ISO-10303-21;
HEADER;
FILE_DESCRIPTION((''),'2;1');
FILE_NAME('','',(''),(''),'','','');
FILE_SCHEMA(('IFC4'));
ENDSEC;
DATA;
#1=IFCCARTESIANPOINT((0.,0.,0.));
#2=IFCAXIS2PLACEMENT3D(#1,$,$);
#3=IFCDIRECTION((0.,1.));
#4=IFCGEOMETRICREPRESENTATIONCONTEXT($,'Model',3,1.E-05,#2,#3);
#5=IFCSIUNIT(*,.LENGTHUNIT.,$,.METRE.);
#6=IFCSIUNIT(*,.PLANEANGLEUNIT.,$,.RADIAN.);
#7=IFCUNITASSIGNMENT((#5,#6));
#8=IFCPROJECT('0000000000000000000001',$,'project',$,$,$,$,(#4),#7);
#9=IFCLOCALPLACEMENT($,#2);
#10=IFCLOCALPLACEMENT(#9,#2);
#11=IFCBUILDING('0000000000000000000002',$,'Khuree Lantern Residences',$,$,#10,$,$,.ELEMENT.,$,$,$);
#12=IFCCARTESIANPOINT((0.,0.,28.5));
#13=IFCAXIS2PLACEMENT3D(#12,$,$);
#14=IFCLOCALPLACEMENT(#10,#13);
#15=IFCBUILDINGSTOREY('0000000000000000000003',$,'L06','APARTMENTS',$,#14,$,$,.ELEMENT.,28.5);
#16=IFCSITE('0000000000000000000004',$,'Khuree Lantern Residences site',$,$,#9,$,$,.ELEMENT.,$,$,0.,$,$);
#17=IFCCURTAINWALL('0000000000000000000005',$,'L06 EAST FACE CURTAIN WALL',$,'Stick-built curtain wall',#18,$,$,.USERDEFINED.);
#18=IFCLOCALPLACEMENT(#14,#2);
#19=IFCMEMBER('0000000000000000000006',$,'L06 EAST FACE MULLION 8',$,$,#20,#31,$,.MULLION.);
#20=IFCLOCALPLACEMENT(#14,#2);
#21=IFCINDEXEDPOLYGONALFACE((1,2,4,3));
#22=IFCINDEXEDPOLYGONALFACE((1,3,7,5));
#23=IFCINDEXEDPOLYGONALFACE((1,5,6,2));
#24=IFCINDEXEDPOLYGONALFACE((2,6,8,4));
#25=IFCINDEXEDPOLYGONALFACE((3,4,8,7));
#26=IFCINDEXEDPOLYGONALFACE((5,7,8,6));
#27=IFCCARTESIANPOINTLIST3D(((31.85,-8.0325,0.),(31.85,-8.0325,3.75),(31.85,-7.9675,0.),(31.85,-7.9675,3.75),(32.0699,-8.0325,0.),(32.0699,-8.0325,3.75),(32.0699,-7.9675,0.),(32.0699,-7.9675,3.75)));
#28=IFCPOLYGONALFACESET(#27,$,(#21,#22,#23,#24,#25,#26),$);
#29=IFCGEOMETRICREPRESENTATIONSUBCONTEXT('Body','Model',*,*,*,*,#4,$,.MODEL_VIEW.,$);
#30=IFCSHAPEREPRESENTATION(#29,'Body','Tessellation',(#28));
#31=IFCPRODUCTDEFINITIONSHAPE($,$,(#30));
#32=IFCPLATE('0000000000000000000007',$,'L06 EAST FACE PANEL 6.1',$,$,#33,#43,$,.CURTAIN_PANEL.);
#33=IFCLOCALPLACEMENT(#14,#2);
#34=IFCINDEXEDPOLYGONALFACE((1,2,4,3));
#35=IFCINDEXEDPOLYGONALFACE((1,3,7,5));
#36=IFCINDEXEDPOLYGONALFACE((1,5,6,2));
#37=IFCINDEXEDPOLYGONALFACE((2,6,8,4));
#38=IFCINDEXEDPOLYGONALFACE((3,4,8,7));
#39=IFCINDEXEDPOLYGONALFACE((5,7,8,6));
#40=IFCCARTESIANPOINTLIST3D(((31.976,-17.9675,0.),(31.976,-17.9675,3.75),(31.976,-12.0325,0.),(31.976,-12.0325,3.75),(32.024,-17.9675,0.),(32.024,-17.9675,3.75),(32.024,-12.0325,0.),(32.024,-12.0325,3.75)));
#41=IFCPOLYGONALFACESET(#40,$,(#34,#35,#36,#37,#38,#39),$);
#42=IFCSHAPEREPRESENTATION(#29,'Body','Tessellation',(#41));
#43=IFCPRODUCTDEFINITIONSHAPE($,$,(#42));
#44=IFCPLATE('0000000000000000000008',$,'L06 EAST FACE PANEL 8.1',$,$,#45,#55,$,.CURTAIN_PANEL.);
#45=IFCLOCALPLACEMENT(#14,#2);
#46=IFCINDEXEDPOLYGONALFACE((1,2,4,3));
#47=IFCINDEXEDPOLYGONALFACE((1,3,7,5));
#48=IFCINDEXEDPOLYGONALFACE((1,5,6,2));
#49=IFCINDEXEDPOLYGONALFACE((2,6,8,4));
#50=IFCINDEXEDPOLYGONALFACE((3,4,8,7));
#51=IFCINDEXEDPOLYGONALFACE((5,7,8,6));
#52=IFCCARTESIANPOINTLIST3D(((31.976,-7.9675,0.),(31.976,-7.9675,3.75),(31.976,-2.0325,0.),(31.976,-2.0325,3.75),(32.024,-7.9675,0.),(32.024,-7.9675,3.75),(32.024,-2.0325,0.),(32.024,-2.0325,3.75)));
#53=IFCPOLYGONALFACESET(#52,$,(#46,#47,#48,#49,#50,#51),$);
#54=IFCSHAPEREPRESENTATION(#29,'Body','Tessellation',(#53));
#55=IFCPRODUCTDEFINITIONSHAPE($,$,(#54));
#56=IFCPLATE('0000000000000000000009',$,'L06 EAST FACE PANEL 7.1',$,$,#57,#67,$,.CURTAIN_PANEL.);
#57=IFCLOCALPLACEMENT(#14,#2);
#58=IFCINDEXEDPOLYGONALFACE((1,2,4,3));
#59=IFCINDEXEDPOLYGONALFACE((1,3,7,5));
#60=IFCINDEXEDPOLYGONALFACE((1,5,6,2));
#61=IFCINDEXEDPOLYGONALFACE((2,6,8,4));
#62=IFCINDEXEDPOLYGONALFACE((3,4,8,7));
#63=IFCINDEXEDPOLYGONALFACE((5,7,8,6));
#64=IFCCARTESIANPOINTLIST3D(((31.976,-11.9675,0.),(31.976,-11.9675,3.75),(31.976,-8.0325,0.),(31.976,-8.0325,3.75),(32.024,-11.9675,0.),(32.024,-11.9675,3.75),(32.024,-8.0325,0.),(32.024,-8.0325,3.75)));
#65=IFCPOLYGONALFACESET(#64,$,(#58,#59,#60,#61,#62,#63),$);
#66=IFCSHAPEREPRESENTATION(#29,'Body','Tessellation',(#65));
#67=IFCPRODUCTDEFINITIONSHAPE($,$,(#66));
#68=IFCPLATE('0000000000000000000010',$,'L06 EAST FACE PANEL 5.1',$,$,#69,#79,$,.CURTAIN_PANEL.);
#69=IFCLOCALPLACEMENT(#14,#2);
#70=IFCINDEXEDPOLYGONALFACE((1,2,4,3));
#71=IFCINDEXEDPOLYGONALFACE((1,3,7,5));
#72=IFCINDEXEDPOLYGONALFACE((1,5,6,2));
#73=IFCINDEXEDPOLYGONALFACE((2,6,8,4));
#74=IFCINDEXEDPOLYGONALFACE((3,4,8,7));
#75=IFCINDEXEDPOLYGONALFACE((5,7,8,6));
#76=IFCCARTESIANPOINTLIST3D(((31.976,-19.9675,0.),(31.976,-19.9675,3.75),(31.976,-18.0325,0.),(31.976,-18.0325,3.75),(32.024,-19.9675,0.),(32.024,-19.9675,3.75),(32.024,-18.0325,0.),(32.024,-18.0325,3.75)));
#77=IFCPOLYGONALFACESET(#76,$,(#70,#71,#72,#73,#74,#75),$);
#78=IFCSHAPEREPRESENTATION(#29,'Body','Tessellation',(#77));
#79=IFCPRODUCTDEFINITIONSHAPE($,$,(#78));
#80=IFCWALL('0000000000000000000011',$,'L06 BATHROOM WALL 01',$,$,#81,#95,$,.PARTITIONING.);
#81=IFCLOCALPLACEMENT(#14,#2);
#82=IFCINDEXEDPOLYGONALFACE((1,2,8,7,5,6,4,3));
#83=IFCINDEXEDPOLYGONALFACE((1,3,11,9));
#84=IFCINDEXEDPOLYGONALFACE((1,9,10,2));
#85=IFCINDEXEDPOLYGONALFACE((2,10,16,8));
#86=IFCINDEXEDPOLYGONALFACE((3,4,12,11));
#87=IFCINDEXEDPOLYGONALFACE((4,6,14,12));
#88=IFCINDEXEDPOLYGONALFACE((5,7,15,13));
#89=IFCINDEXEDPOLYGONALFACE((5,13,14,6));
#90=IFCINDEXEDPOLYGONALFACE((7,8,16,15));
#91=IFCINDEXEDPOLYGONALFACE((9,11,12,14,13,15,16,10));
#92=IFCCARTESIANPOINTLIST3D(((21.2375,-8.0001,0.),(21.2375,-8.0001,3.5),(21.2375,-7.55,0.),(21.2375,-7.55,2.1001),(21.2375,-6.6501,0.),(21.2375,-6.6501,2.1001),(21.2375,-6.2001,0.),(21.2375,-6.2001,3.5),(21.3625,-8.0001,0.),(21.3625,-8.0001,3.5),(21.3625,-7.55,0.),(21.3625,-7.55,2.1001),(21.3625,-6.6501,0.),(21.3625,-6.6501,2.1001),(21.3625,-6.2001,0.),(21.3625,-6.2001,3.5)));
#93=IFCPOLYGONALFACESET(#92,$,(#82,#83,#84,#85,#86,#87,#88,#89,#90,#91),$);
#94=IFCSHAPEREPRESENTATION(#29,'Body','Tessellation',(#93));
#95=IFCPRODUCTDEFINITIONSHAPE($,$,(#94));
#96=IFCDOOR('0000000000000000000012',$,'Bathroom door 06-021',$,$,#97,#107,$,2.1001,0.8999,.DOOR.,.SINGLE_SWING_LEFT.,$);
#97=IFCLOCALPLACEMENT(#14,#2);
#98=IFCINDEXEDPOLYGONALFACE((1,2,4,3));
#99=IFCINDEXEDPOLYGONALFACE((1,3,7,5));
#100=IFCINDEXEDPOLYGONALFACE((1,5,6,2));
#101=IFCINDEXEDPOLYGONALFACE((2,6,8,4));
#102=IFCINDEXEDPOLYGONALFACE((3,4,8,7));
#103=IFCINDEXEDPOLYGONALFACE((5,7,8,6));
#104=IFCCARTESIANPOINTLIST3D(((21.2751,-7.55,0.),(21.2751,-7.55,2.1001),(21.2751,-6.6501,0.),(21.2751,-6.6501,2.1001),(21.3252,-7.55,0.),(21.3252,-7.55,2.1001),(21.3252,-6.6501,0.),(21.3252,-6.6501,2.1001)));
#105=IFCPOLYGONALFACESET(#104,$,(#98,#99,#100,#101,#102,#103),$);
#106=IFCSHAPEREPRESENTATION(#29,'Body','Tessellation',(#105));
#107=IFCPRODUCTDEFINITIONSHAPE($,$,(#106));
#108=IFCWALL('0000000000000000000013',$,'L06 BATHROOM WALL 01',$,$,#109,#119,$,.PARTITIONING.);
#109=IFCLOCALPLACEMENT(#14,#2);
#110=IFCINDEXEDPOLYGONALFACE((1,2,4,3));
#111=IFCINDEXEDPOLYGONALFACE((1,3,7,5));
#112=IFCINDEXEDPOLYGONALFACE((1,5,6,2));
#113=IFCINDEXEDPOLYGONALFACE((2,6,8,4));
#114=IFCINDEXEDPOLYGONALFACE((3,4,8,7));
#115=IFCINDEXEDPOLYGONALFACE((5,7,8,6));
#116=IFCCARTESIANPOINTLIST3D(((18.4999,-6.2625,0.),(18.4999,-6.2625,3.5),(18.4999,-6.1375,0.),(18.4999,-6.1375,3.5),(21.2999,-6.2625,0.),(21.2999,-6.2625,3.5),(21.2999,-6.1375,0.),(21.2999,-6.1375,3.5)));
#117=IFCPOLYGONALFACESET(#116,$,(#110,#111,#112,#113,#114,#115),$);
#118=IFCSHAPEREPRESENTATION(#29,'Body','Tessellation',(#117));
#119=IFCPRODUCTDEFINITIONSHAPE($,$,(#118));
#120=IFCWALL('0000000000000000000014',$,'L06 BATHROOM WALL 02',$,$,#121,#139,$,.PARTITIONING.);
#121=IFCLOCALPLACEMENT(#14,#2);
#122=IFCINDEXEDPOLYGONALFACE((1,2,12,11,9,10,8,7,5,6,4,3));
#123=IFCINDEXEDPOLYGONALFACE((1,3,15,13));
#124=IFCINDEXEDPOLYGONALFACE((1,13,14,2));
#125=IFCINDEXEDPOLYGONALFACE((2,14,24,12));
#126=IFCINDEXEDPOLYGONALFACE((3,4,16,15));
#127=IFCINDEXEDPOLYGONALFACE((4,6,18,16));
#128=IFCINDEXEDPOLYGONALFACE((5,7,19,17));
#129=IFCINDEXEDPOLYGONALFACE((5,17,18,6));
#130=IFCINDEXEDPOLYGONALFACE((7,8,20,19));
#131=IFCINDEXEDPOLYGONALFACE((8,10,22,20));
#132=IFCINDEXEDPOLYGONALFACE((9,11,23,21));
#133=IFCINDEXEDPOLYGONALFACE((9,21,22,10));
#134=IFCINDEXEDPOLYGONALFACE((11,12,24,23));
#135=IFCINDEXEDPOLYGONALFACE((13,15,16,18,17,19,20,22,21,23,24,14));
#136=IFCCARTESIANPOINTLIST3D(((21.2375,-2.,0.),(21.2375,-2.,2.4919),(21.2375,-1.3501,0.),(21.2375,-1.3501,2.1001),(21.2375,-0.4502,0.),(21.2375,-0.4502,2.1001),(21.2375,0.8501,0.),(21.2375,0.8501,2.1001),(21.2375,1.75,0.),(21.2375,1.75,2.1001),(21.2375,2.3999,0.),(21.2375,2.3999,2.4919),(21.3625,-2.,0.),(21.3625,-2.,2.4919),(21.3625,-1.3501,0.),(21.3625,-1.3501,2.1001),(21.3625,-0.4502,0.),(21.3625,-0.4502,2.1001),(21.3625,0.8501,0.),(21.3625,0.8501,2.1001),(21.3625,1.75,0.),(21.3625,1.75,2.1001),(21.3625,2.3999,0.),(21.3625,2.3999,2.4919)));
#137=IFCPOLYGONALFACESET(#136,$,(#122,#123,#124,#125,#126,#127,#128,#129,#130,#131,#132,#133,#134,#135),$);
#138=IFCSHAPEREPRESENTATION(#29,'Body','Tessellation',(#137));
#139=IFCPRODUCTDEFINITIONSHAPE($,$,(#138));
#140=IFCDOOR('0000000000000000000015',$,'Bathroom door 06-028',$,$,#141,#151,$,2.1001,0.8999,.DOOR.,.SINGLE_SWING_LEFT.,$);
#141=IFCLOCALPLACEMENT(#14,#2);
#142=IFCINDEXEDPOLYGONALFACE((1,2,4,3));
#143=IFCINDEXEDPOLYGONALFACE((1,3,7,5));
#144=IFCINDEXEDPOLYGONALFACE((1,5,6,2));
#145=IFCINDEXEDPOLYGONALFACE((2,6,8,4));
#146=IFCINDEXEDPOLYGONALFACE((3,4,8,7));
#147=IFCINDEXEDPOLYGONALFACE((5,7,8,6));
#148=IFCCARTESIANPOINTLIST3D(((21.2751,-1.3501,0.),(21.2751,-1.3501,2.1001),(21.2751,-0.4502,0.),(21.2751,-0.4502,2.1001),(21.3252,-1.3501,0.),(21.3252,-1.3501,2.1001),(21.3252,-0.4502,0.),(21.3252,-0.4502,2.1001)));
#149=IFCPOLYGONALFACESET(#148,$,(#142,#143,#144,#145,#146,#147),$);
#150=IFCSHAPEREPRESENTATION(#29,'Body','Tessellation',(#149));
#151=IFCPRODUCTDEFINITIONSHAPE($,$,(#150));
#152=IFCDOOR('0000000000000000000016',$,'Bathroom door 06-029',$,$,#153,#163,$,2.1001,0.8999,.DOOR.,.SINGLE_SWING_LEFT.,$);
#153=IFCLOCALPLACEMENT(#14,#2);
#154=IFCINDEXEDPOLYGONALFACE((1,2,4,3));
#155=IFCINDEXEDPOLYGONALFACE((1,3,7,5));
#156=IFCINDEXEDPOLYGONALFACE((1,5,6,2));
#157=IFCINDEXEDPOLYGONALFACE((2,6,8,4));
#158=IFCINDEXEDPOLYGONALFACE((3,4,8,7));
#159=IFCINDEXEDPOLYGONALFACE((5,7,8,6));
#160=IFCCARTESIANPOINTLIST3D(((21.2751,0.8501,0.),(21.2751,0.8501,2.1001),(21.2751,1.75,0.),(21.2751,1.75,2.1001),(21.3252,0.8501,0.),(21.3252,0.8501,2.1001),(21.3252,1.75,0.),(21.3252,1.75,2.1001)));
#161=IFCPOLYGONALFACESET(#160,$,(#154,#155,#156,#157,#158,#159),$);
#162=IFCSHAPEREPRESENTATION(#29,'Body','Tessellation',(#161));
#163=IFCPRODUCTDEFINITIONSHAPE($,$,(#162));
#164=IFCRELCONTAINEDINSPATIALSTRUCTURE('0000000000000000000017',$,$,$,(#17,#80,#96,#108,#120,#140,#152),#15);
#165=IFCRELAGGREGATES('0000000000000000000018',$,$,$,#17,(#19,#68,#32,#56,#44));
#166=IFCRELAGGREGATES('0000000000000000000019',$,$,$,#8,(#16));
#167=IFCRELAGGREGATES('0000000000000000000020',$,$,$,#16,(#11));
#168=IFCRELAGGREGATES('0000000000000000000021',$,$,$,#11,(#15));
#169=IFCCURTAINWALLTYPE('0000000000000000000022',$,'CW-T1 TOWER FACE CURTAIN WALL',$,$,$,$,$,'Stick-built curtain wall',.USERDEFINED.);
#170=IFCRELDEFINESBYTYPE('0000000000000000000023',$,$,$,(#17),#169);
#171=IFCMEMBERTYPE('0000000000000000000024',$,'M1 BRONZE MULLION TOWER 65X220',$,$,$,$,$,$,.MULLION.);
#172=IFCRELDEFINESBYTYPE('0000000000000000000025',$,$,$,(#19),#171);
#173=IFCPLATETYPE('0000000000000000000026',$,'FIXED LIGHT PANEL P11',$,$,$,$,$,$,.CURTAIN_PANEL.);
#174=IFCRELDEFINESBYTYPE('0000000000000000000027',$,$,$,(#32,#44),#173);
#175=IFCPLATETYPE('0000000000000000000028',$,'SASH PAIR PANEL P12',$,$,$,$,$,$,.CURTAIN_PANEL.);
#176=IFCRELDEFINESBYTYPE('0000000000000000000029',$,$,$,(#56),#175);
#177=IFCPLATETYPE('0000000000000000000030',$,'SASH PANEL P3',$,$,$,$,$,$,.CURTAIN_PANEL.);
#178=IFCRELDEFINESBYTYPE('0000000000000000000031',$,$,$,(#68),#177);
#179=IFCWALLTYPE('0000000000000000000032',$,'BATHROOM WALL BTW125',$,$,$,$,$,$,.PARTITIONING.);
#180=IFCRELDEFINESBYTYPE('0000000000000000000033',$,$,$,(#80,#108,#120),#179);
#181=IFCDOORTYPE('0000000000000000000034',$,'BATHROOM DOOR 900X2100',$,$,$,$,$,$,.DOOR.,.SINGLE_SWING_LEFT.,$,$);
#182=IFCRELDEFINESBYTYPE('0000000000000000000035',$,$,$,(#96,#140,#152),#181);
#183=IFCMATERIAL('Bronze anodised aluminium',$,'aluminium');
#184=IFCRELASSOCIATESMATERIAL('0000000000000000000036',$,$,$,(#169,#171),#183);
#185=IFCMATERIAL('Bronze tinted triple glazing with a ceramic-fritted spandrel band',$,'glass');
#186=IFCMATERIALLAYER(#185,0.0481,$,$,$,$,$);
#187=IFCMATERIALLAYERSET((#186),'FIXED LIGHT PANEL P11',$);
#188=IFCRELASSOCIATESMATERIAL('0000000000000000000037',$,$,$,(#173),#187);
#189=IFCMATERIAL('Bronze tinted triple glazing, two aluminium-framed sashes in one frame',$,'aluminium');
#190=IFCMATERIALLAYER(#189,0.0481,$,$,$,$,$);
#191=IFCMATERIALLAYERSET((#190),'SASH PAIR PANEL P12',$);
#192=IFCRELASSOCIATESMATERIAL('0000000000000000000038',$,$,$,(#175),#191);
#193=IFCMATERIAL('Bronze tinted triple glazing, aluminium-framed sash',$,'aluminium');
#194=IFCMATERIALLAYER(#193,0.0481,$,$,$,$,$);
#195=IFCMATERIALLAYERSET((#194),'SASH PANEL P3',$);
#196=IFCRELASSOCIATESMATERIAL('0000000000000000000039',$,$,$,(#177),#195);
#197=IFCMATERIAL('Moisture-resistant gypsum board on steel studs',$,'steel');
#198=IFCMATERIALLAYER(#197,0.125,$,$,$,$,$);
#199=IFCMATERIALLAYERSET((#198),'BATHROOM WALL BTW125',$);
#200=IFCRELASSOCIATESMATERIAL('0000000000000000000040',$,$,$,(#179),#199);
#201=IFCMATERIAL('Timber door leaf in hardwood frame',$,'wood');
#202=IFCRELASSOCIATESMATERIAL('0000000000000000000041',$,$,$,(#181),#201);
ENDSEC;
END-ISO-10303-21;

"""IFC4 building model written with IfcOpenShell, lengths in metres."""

from ifc_helpers import new_model, si_unit, direction, frame, frame_2d, origin, origin_2d, place, context, subcontext, project, spatial, rectangle, extrude, material, layer, layer_set, material_profile, profile_set, type_object, element, fill, aggregate, save


model = new_model("IFC4")

# Units and contexts
model_context = context("Model", 3, precision=1e-05, world=origin(), true_north=direction((0.0, 1.0)))
body_context = subcontext(model_context, "Body", "Model", "MODEL_VIEW")
ifc_project = project(units=[si_unit("LENGTHUNIT", "METRE"), si_unit("PLANEANGLEUNIT", "RADIAN")], contexts=[model_context])

# Site, building, storey
site_placement = place(None, origin())
site = spatial("IfcSite", under=ifc_project, at=site_placement, Name="Khuree Lantern Residences site", CompositionType="ELEMENT", RefElevation=0.0)
building_placement = place(site_placement, origin())
building = spatial("IfcBuilding", under=site, at=building_placement, Name="Khuree Lantern Residences", CompositionType="ELEMENT")
storey_placement = place(building_placement, frame((0.0, 0.0, 28.5)))
storey = spatial("IfcBuildingStorey", under=building, at=storey_placement, Name="L06", Description="APARTMENTS", CompositionType="ELEMENT", Elevation=28.5)

# Curtain wall
ifc_material_1 = material(Name="Bronze anodised aluminium", Category="aluminium")
curtain_wall_type = type_object("IfcCurtainWallType", Name="CW-T1 TOWER FACE CURTAIN WALL", ElementType="Stick-built curtain wall", PredefinedType="USERDEFINED", material=ifc_material_1)
curtain_wall_placement = place(storey_placement, origin())
curtain_wall = element("IfcCurtainWall", 1, at=curtain_wall_placement, inside=storey, type_object=curtain_wall_type, Name="L06 EAST FACE CURTAIN WALL", ObjectType="Stick-built curtain wall", PredefinedType="USERDEFINED")

# Member
ifc_material_profile_1 = material_profile(ifc_material_1, rectangle(XDim=0.0649, YDim=0.22, at=origin_2d()), Name="M1 65X220")
ifc_profile_set_1 = profile_set([ifc_material_profile_1], Name="Bronze anodised aluminium")
member_type_1 = type_object("IfcMemberType", Name="M1 BRONZE MULLION TOWER 65X220", PredefinedType="MULLION", material=ifc_profile_set_1)
member_1_placement = place(storey_placement, frame((31.96, -8.0, 0.0), z_axis=(0.0, 0.0, 1.0), x_axis=(0.0, 1.0, 0.0)))
member_1 = element("IfcMember", 2, at=member_1_placement, type_object=member_type_1, Name="L06 EAST FACE MULLION 8", PredefinedType="MULLION", context=body_context, shape_type="SweptSolid", body=[
    extrude(rectangle(XDim=0.0649, YDim=0.22, at=origin_2d()), origin(), (0.0, 0.0, 1.0), 3.75),
])

# Plates
ifc_material_2 = material(Name="Bronze tinted triple glazing with a ceramic-fritted spandrel band", Category="glass")
ifc_layer_1 = layer(ifc_material_2, 0.0481)
ifc_layer_set_1 = layer_set([ifc_layer_1], Name="FIXED LIGHT PANEL P11")
plate_type_1 = type_object("IfcPlateType", Name="FIXED LIGHT PANEL P11", PredefinedType="CURTAIN_PANEL", material=ifc_layer_set_1)
plate_1_placement = place(storey_placement, frame((32.0, -15.0, 0.0), z_axis=(0.0, 0.0, 1.0), x_axis=(0.0, 1.0, 0.0)))
plate_1 = element("IfcPlate", 3, at=plate_1_placement, type_object=plate_type_1, Name="L06 EAST FACE PANEL 6.1", PredefinedType="CURTAIN_PANEL", context=body_context, shape_type="SweptSolid", body=[
    extrude(rectangle(XDim=5.9351, YDim=0.0481, at=origin_2d()), origin(), (0.0, 0.0, 1.0), 3.75),
])
plate_2_placement = place(storey_placement, frame((32.0, -5.0, 0.0), z_axis=(0.0, 0.0, 1.0), x_axis=(0.0, 1.0, 0.0)))
plate_2 = element("IfcPlate", 4, at=plate_2_placement, type_object=plate_type_1, Name="L06 EAST FACE PANEL 8.1", PredefinedType="CURTAIN_PANEL", context=body_context, shape_type="SweptSolid", body=[
    extrude(rectangle(XDim=5.9351, YDim=0.0481, at=origin_2d()), origin(), (0.0, 0.0, 1.0), 3.75),
])
ifc_material_3 = material(Name="Bronze tinted triple glazing, two aluminium-framed sashes in one frame", Category="aluminium")
ifc_layer_2 = layer(ifc_material_3, 0.0481)
ifc_layer_set_2 = layer_set([ifc_layer_2], Name="SASH PAIR PANEL P12")
plate_type_2 = type_object("IfcPlateType", Name="SASH PAIR PANEL P12", PredefinedType="CURTAIN_PANEL", material=ifc_layer_set_2)
plate_3_placement = place(storey_placement, frame((32.0, -10.0, 0.0), z_axis=(0.0, 0.0, 1.0), x_axis=(0.0, 1.0, 0.0)))
plate_3 = element("IfcPlate", 5, at=plate_3_placement, type_object=plate_type_2, Name="L06 EAST FACE PANEL 7.1", PredefinedType="CURTAIN_PANEL", context=body_context, shape_type="SweptSolid", body=[
    extrude(rectangle(XDim=3.9351, YDim=0.0481, at=origin_2d()), origin(), (0.0, 0.0, 1.0), 3.75),
])
ifc_material_4 = material(Name="Bronze tinted triple glazing, aluminium-framed sash", Category="aluminium")
ifc_layer_3 = layer(ifc_material_4, 0.0481)
ifc_layer_set_3 = layer_set([ifc_layer_3], Name="SASH PANEL P3")
plate_type_3 = type_object("IfcPlateType", Name="SASH PANEL P3", PredefinedType="CURTAIN_PANEL", material=ifc_layer_set_3)
plate_4_placement = place(storey_placement, frame((32.0, -19.0, 0.0), z_axis=(0.0, 0.0, 1.0), x_axis=(0.0, 1.0, 0.0)))
plate_4 = element("IfcPlate", 6, at=plate_4_placement, type_object=plate_type_3, Name="L06 EAST FACE PANEL 5.1", PredefinedType="CURTAIN_PANEL", context=body_context, shape_type="SweptSolid", body=[
    extrude(rectangle(XDim=1.9351, YDim=0.0481, at=origin_2d()), origin(), (0.0, 0.0, 1.0), 3.75),
])
aggregate(curtain_wall, [member_1, plate_4, plate_1, plate_3, plate_2])

# Wall, opening, door
ifc_material_5 = material(Name="Moisture-resistant gypsum board on steel studs", Category="steel")
ifc_layer_4 = layer(ifc_material_5, 0.125)
ifc_layer_set_4 = layer_set([ifc_layer_4], Name="BATHROOM WALL BTW125")
wall_type_1 = type_object("IfcWallType", Name="BATHROOM WALL BTW125", PredefinedType="PARTITIONING", material=ifc_layer_set_4)
wall_1_placement = place(storey_placement, frame((21.3, -8.0, 0.0), z_axis=(0.0, 0.0, 1.0), x_axis=(0.0, 1.0, 0.0)))
wall_1 = element("IfcWall", 7, at=wall_1_placement, inside=storey, type_object=wall_type_1, Name="L06 BATHROOM WALL 01", PredefinedType="PARTITIONING", context=body_context, shape_type="SweptSolid", body=[
    extrude(rectangle(XDim=1.8, YDim=0.125, at=frame_2d((0.8999, 0.0))), origin(), (0.0, 0.0, 1.0), 3.5),
])
opening_1_placement = place(wall_1_placement, frame((0.45, 0.0, 0.0)))
opening_1 = element("IfcOpeningElement", 8, at=opening_1_placement, cuts=wall_1, PredefinedType="OPENING", context=body_context, shape_type="SweptSolid", body=[
    extrude(rectangle(XDim=0.8999, YDim=2.1001, at=frame_2d((0.45, 1.05))), frame((0.0, 0.0725, 0.0), z_axis=(0.0, -1.0, 0.0), x_axis=(1.0, 0.0, 0.0)), (0.0, 0.0, 1.0), 0.145),
])
ifc_material_6 = material(Name="Timber door leaf in hardwood frame", Category="wood")
door_type_1 = type_object("IfcDoorType", Name="BATHROOM DOOR 900X2100", OperationType="SINGLE_SWING_LEFT", PredefinedType="DOOR", material=ifc_material_6)
door_1_placement = place(opening_1_placement, origin())
door_1 = element("IfcDoor", 9, at=door_1_placement, inside=storey, type_object=door_type_1, Name="Bathroom door 06-021", OperationType="SINGLE_SWING_LEFT", OverallHeight=2.1001, OverallWidth=0.8999, PredefinedType="DOOR", context=body_context, shape_type="SweptSolid", body=[
    extrude(rectangle(XDim=0.8999, YDim=2.1001, at=frame_2d((0.45, 1.05))), frame((0.0, 0.0249, 0.0), z_axis=(0.0, -1.0, 0.0), x_axis=(1.0, 0.0, 0.0)), (0.0, 0.0, 1.0), 0.05),
])
fill(opening_1, door_1)

# Wall
wall_2_placement = place(storey_placement, frame((18.5, -6.2, 0.0), z_axis=(0.0, 0.0, 1.0), x_axis=(1.0, 0.0, 0.0)))
element("IfcWall", 10, at=wall_2_placement, inside=storey, type_object=wall_type_1, Name="L06 BATHROOM WALL 01", PredefinedType="PARTITIONING", context=body_context, shape_type="SweptSolid", body=[
    extrude(rectangle(XDim=2.8, YDim=0.125, at=frame_2d((1.3999, 0.0))), origin(), (0.0, 0.0, 1.0), 3.5),
])

# Wall, openings, doors
wall_3_placement = place(storey_placement, frame((21.3, -2.0, 0.0), z_axis=(0.0, 0.0, 1.0), x_axis=(0.0, 1.0, 0.0)))
wall_3 = element("IfcWall", 11, at=wall_3_placement, inside=storey, type_object=wall_type_1, Name="L06 BATHROOM WALL 02", PredefinedType="PARTITIONING", context=body_context, shape_type="SweptSolid", body=[
    extrude(rectangle(XDim=4.3999, YDim=0.125, at=frame_2d((2.2, 0.0))), origin(), (0.0, 0.0, 1.0), 2.4919),
])
opening_2_placement = place(wall_3_placement, frame((0.6499, 0.0, 0.0)))
opening_2 = element("IfcOpeningElement", 12, at=opening_2_placement, cuts=wall_3, PredefinedType="OPENING", context=body_context, shape_type="SweptSolid", body=[
    extrude(rectangle(XDim=0.8999, YDim=2.1001, at=frame_2d((0.45, 1.05))), frame((0.0, 0.0725, 0.0), z_axis=(0.0, -1.0, 0.0), x_axis=(1.0, 0.0, 0.0)), (0.0, 0.0, 1.0), 0.145),
])
opening_3_placement = place(wall_3_placement, frame((2.8501, 0.0, 0.0)))
opening_3 = element("IfcOpeningElement", 13, at=opening_3_placement, cuts=wall_3, PredefinedType="OPENING", context=body_context, shape_type="SweptSolid", body=[
    extrude(rectangle(XDim=0.8999, YDim=2.1001, at=frame_2d((0.45, 1.05))), frame((0.0, 0.0725, 0.0), z_axis=(0.0, -1.0, 0.0), x_axis=(1.0, 0.0, 0.0)), (0.0, 0.0, 1.0), 0.145),
])
door_2_placement = place(opening_2_placement, origin())
door_2 = element("IfcDoor", 14, at=door_2_placement, inside=storey, type_object=door_type_1, Name="Bathroom door 06-028", OperationType="SINGLE_SWING_LEFT", OverallHeight=2.1001, OverallWidth=0.8999, PredefinedType="DOOR", context=body_context, shape_type="SweptSolid", body=[
    extrude(rectangle(XDim=0.8999, YDim=2.1001, at=frame_2d((0.45, 1.05))), frame((0.0, 0.0249, 0.0), z_axis=(0.0, -1.0, 0.0), x_axis=(1.0, 0.0, 0.0)), (0.0, 0.0, 1.0), 0.05),
])
fill(opening_2, door_2)
door_3_placement = place(opening_3_placement, origin())
door_3 = element("IfcDoor", 15, at=door_3_placement, inside=storey, type_object=door_type_1, Name="Bathroom door 06-029", OperationType="SINGLE_SWING_LEFT", OverallHeight=2.1001, OverallWidth=0.8999, PredefinedType="DOOR", context=body_context, shape_type="SweptSolid", body=[
    extrude(rectangle(XDim=0.8999, YDim=2.1001, at=frame_2d((0.45, 1.05))), frame((0.0, 0.0249, 0.0), z_axis=(0.0, -1.0, 0.0), x_axis=(1.0, 0.0, 0.0)), (0.0, 0.0, 1.0), 0.05),
])
fill(opening_3, door_3)

save(model, "model.ifc")
